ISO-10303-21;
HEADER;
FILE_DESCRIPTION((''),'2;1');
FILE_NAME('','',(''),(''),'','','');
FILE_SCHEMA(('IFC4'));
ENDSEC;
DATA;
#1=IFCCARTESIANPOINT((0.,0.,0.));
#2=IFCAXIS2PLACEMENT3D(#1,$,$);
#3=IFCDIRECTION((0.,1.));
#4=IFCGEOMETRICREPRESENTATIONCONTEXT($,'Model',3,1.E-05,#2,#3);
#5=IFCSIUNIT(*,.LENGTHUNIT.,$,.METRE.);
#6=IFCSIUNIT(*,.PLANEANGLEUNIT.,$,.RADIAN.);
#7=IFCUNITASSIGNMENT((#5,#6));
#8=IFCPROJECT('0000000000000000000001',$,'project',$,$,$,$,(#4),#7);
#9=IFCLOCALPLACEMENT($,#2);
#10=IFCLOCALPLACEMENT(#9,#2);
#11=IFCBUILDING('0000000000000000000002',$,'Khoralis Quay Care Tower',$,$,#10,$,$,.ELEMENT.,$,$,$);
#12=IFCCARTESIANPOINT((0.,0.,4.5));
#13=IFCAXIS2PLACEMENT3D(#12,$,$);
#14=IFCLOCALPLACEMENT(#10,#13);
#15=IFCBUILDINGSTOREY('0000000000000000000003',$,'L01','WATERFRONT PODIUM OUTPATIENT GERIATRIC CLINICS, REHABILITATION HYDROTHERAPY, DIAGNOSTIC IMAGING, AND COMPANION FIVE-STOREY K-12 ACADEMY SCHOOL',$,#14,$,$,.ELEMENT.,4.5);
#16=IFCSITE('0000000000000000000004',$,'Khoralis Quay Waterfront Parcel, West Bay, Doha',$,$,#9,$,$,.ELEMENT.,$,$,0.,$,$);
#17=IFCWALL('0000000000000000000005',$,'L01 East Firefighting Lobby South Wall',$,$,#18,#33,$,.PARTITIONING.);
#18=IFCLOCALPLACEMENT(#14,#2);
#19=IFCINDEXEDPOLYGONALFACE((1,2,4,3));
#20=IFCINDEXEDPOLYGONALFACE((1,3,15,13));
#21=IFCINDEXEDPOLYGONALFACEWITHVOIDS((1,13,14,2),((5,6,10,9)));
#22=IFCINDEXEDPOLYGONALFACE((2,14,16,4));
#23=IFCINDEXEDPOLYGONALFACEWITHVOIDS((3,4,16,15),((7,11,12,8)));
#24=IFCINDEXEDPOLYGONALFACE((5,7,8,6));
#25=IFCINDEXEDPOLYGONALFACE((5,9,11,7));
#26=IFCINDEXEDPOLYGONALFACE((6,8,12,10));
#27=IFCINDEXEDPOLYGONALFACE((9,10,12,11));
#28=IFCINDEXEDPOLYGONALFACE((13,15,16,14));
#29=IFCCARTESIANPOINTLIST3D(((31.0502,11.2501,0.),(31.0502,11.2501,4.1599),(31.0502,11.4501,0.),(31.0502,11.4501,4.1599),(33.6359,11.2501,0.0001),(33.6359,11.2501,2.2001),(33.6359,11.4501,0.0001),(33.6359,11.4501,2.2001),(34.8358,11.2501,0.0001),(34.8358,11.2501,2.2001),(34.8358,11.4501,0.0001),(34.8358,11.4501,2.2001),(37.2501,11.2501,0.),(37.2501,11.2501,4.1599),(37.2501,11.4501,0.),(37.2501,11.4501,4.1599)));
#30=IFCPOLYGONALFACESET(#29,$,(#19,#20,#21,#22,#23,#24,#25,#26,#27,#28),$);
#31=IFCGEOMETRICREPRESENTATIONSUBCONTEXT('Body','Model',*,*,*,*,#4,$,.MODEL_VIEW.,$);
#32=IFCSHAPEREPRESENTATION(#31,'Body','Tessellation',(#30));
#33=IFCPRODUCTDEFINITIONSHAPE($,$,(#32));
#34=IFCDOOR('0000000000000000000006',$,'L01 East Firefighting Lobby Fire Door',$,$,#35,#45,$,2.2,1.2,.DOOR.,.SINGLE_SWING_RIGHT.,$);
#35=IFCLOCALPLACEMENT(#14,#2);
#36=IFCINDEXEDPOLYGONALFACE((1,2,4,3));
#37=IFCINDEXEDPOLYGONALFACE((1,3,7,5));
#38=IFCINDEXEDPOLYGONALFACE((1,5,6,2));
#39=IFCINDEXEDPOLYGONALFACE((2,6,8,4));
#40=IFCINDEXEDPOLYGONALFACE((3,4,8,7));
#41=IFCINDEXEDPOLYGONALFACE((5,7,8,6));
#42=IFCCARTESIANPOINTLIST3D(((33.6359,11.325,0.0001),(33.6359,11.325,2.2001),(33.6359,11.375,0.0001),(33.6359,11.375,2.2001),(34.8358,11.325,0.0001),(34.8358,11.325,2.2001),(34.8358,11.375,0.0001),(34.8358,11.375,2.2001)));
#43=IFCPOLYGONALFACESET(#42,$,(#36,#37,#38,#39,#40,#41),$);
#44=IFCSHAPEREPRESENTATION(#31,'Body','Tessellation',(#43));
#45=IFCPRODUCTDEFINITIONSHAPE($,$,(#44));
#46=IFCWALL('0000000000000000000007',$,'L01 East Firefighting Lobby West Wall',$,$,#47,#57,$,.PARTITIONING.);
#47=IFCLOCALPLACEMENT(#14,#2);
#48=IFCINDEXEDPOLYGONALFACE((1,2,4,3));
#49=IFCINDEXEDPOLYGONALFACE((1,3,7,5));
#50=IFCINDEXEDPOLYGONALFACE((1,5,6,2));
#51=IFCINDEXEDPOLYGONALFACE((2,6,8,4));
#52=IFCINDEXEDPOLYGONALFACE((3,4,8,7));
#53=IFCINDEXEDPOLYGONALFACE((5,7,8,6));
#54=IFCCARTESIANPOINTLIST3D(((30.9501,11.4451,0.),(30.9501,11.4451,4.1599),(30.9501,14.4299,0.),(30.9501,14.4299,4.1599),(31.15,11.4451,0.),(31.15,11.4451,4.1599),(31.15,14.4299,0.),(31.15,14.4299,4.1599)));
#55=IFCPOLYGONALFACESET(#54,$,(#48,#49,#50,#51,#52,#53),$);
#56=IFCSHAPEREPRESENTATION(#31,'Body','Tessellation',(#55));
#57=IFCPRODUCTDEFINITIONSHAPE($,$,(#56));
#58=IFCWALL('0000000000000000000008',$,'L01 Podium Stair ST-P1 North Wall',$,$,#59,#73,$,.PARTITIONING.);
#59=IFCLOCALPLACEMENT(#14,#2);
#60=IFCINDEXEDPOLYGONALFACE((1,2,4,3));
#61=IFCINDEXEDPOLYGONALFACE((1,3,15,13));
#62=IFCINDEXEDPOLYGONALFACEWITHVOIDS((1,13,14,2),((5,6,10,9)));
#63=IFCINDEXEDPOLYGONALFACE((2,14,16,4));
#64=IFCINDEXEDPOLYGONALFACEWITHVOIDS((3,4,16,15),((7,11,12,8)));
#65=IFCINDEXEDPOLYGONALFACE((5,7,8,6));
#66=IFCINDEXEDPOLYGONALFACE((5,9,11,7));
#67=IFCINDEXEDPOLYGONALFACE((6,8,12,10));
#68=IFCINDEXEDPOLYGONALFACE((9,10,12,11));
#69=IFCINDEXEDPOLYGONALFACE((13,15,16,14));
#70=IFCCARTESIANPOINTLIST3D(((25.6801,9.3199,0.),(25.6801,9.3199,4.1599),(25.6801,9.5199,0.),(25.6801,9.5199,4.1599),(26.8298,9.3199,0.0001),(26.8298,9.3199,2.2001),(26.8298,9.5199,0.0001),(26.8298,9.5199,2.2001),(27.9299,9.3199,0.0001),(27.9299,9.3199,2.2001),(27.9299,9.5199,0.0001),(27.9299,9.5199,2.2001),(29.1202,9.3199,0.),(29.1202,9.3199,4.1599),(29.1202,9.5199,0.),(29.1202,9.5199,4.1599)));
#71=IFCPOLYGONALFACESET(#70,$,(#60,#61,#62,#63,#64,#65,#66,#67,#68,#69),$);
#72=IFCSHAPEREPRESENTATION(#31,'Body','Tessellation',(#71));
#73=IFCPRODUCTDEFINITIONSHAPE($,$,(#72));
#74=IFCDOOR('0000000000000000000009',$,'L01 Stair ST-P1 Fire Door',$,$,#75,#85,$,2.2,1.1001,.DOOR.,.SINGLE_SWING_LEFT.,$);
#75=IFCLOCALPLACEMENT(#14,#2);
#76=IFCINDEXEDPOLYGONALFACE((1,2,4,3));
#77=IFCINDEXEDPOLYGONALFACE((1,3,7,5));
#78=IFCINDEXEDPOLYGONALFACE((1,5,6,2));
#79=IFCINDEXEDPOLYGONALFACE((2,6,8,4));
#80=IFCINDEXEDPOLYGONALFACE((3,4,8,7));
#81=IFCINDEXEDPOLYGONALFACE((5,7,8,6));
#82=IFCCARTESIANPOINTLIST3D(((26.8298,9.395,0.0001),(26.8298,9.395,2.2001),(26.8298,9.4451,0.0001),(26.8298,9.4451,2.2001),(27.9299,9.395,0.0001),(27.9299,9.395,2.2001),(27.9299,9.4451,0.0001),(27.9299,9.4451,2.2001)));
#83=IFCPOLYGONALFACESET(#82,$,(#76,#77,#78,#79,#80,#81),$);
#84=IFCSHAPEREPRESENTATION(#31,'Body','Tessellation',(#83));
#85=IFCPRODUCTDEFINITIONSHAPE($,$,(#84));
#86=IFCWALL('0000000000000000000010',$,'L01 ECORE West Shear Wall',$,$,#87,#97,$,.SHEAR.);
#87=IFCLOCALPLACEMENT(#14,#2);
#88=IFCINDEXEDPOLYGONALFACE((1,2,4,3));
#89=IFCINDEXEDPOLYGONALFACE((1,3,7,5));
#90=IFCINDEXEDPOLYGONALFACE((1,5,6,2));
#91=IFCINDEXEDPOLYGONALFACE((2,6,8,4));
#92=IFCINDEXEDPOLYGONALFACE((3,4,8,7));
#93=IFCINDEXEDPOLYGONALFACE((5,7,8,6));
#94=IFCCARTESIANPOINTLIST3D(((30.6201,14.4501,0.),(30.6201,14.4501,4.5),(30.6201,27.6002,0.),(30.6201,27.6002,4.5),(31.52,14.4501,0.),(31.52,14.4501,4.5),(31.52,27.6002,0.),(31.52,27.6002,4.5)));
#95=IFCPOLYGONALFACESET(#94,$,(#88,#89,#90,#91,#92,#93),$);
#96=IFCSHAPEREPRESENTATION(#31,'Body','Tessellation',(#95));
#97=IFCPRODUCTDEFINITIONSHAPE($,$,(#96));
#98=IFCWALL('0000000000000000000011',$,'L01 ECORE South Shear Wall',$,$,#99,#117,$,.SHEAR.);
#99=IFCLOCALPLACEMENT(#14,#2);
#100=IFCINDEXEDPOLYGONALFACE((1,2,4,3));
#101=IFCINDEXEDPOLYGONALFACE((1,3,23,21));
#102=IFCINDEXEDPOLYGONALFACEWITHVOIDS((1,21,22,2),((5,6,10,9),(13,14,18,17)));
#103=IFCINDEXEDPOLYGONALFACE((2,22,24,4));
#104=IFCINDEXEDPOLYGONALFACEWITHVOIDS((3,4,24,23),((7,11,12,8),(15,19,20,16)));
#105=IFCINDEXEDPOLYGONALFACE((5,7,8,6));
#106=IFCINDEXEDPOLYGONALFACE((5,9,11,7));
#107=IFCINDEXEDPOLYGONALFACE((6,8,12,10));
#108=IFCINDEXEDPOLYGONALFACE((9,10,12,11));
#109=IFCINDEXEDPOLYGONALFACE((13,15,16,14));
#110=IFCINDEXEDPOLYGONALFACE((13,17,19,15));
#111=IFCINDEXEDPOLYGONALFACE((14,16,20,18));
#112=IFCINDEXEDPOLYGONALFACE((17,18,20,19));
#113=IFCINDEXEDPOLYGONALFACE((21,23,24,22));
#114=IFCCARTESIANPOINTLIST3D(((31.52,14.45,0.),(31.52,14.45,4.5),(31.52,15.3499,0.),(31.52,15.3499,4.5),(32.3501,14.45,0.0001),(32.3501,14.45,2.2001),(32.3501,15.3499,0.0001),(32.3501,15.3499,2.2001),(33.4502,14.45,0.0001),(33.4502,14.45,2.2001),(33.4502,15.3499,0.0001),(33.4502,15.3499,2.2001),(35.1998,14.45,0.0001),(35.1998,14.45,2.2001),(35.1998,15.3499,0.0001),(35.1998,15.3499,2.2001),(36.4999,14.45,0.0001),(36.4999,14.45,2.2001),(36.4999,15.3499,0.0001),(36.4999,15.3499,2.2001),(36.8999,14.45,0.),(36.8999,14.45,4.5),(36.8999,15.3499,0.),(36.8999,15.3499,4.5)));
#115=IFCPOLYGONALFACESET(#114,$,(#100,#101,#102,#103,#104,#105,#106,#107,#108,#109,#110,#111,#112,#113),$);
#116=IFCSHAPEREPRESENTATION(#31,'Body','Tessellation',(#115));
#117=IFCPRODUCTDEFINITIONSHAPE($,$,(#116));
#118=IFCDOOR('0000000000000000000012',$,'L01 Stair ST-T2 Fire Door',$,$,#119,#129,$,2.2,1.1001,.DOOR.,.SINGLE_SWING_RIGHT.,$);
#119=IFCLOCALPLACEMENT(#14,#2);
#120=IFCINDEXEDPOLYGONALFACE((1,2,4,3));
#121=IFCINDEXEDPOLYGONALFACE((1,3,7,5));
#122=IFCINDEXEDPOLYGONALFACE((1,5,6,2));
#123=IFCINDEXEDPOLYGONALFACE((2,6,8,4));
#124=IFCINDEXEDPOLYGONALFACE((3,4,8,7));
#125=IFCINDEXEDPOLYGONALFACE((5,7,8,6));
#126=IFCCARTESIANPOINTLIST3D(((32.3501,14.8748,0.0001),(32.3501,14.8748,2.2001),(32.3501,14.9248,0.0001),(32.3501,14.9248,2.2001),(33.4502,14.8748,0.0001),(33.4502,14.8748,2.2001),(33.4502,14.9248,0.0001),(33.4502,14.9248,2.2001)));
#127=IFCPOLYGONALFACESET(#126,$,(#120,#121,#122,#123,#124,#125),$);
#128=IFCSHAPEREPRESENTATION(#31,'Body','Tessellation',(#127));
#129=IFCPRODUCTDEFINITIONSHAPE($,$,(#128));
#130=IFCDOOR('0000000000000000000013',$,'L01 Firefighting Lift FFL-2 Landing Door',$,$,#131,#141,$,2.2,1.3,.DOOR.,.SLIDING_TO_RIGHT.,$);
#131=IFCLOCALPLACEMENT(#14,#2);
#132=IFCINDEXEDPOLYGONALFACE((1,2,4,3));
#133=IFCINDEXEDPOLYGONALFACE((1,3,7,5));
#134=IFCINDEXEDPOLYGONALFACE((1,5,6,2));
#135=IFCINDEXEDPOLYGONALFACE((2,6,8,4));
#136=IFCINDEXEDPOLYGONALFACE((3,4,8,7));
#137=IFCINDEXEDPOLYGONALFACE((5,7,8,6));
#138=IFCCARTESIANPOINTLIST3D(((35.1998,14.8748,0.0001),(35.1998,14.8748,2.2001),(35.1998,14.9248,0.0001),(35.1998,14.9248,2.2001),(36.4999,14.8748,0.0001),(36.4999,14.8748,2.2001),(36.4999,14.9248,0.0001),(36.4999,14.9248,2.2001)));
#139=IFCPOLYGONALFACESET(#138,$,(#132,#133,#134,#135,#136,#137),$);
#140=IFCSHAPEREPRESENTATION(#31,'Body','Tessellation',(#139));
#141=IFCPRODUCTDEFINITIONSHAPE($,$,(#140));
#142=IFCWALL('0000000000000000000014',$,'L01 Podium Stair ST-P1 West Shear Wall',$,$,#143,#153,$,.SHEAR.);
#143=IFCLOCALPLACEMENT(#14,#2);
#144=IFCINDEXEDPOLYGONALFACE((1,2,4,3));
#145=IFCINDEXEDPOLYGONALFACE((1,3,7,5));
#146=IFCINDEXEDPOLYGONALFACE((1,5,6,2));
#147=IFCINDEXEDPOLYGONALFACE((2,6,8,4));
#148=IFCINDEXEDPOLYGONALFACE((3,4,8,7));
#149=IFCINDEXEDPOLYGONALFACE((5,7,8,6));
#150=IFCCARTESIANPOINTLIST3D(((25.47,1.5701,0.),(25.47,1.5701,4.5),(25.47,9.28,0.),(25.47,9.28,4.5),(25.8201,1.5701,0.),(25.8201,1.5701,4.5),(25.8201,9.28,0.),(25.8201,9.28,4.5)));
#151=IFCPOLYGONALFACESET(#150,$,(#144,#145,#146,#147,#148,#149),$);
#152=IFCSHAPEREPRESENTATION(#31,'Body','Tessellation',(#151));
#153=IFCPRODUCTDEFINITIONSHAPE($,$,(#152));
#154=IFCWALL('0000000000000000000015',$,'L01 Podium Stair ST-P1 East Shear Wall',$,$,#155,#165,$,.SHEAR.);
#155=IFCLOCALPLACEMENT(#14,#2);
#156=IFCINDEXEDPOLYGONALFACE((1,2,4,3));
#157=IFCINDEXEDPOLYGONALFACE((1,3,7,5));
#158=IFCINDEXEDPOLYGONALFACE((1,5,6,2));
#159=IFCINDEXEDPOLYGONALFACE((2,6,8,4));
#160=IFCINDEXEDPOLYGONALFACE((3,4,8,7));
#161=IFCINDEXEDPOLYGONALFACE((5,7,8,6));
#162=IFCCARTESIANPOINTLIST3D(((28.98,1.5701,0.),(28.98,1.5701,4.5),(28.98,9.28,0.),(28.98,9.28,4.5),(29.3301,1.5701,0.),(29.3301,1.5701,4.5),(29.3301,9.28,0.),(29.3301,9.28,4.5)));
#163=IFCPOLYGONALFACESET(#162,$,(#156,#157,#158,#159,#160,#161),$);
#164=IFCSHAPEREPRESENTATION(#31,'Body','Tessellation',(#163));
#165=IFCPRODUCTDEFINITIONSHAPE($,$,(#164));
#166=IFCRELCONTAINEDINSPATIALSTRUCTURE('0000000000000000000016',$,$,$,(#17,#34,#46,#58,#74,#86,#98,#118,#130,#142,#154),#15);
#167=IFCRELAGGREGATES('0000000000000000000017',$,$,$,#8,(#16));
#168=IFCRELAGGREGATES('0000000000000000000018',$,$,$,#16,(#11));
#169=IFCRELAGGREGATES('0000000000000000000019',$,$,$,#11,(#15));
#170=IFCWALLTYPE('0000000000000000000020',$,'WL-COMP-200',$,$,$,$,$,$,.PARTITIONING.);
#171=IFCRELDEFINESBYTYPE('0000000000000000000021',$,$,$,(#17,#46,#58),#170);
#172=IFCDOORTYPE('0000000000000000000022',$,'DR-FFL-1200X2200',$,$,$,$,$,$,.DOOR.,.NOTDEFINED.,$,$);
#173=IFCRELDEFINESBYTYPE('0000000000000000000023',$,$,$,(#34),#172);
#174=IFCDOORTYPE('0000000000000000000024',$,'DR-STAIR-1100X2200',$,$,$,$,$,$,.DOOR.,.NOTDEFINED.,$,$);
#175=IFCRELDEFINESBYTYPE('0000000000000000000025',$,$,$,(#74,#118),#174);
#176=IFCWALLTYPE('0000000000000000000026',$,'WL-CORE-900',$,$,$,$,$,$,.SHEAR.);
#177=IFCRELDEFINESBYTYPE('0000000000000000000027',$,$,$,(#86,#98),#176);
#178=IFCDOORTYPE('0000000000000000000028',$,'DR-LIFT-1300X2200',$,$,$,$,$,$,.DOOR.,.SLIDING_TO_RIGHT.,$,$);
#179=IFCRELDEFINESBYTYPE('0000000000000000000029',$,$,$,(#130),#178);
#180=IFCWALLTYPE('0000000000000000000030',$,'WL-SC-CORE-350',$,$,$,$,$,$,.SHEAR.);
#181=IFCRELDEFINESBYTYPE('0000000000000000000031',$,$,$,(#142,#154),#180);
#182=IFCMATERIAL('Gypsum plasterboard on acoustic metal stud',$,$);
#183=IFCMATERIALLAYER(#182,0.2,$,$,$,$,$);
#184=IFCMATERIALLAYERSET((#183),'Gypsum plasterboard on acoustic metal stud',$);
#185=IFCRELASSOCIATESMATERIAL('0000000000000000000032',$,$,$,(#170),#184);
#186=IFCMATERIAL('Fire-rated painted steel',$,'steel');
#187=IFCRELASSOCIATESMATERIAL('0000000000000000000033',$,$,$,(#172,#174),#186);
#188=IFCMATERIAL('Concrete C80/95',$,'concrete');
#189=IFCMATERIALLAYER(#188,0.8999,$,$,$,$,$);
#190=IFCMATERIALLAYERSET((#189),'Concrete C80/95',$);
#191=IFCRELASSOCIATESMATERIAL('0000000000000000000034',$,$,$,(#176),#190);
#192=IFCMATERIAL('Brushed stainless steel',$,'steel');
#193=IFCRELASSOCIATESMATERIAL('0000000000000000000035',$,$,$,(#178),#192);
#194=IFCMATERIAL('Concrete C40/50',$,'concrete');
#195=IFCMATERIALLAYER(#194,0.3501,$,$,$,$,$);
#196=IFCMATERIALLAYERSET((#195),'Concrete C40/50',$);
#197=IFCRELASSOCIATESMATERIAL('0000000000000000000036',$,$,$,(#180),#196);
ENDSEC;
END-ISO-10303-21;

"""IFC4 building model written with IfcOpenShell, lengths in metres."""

from ifc_helpers import new_model, si_unit, direction, frame, frame_2d, origin, place, context, subcontext, project, spatial, rectangle, extrude, source, transform, mapped, material, layer, layer_set, type_object, element, fill, save


model = new_model("IFC4")

# Units and contexts
model_context = context("Model", 3, precision=1e-05, world=origin(), true_north=direction((0.0, 1.0)))
body_context = subcontext(model_context, "Body", "Model", "MODEL_VIEW")
ifc_project = project(units=[si_unit("LENGTHUNIT", "METRE"), si_unit("PLANEANGLEUNIT", "RADIAN")], contexts=[model_context])

# Site, building, storey
site_placement = place(None, origin())
site = spatial("IfcSite", under=ifc_project, at=site_placement, Name="Khoralis Quay Waterfront Parcel, West Bay, Doha", CompositionType="ELEMENT", RefElevation=0.0)
building_placement = place(site_placement, origin())
building = spatial("IfcBuilding", under=site, at=building_placement, Name="Khoralis Quay Care Tower", CompositionType="ELEMENT")
storey_placement = place(building_placement, frame((0.0, 0.0, 4.5)))
storey = spatial("IfcBuildingStorey", under=building, at=storey_placement, Name="L01", Description="WATERFRONT PODIUM OUTPATIENT GERIATRIC CLINICS, REHABILITATION HYDROTHERAPY, DIAGNOSTIC IMAGING, AND COMPANION FIVE-STOREY K-12 ACADEMY SCHOOL", CompositionType="ELEMENT", Elevation=4.5)

# Shared definitions
ifc_material_1 = material(Name="Concrete C80/95", Category="concrete")

# Wall, opening, door
ifc_material_2 = material(Name="Gypsum plasterboard on acoustic metal stud")
ifc_layer_1 = layer(ifc_material_2, 0.2)
ifc_layer_set_1 = layer_set([ifc_layer_1], Name="Gypsum plasterboard on acoustic metal stud")
wall_type_1 = type_object("IfcWallType", Name="WL-COMP-200", PredefinedType="PARTITIONING", material=ifc_layer_set_1)
wall_1_placement = place(storey_placement, frame((31.05, 11.3501, 0.0), z_axis=(0.0, 0.0, 1.0), x_axis=(1.0, 0.0, 0.0)))
wall_1 = element("IfcWall", 1, at=wall_1_placement, inside=storey, type_object=wall_type_1, Name="L01 East Firefighting Lobby South Wall", PredefinedType="PARTITIONING", context=body_context, shape_type="SweptSolid", body=[
    extrude(rectangle(XDim=6.2, YDim=0.2, at=frame_2d((3.1001, 0.0))), origin(), (0.0, 0.0, 1.0), 4.1599),
])
opening_1_placement = place(wall_1_placement, frame((2.5857, 0.0, 0.0)))
opening_1 = element("IfcOpeningElement", 2, at=opening_1_placement, cuts=wall_1, PredefinedType="OPENING", context=body_context, shape_type="SweptSolid", body=[
    extrude(rectangle(XDim=1.2, YDim=2.2, at=frame_2d((0.6001, 1.1001))), frame((0.0, 0.1099, 0.0), z_axis=(0.0, -1.0, 0.0), x_axis=(1.0, 0.0, 0.0)), (0.0, 0.0, 1.0), 0.22),
])
ifc_material_3 = material(Name="Fire-rated painted steel", Category="steel")
door_type_1 = type_object("IfcDoorType", Name="DR-FFL-1200X2200", OperationType="NOTDEFINED", PredefinedType="DOOR", material=ifc_material_3)
shared_shape_1 = source(origin(), body_context, "Body", "SweptSolid", [
    extrude(rectangle(XDim=1.2, YDim=2.2, at=frame_2d((0.6001, 1.1001))), frame((0.0, 0.0249, 0.0), z_axis=(0.0, -1.0, 0.0), x_axis=(1.0, 0.0, 0.0)), (0.0, 0.0, 1.0), 0.05),
])
door_1_placement = place(opening_1_placement, origin())
door_1 = element("IfcDoor", 3, at=door_1_placement, inside=storey, type_object=door_type_1, Name="L01 East Firefighting Lobby Fire Door", OperationType="SINGLE_SWING_RIGHT", OverallHeight=2.2, OverallWidth=1.2, PredefinedType="DOOR", context=body_context, shape_type="MappedRepresentation", body=[
    mapped(shared_shape_1, transform((0.0, 0.0, 0.0), scale=1.0)),
])
fill(opening_1, door_1)

# Wall
wall_2_placement = place(storey_placement, frame((31.05, 11.4451, 0.0), z_axis=(0.0, 0.0, 1.0), x_axis=(0.0, 1.0, 0.0)))
element("IfcWall", 4, at=wall_2_placement, inside=storey, type_object=wall_type_1, Name="L01 East Firefighting Lobby West Wall", PredefinedType="PARTITIONING", context=body_context, shape_type="SweptSolid", body=[
    extrude(rectangle(XDim=2.9849, YDim=0.2, at=frame_2d((1.4924, 0.0))), origin(), (0.0, 0.0, 1.0), 4.1599),
])

# Wall, opening, door
wall_3_placement = place(storey_placement, frame((25.6799, 9.4199, 0.0), z_axis=(0.0, 0.0, 1.0), x_axis=(1.0, 0.0, 0.0)))
wall_3 = element("IfcWall", 5, at=wall_3_placement, inside=storey, type_object=wall_type_1, Name="L01 Podium Stair ST-P1 North Wall", PredefinedType="PARTITIONING", context=body_context, shape_type="SweptSolid", body=[
    extrude(rectangle(XDim=3.4402, YDim=0.2, at=frame_2d((1.7202, 0.0))), origin(), (0.0, 0.0, 1.0), 4.1599),
])
opening_2_placement = place(wall_3_placement, frame((1.1499, 0.0, 0.0)))
opening_2 = element("IfcOpeningElement", 6, at=opening_2_placement, cuts=wall_3, PredefinedType="OPENING", context=body_context, shape_type="SweptSolid", body=[
    extrude(rectangle(XDim=1.1001, YDim=2.2, at=frame_2d((0.55, 1.1001))), frame((0.0, 0.1099, 0.0), z_axis=(0.0, -1.0, 0.0), x_axis=(1.0, 0.0, 0.0)), (0.0, 0.0, 1.0), 0.22),
])
door_type_2 = type_object("IfcDoorType", Name="DR-STAIR-1100X2200", OperationType="NOTDEFINED", PredefinedType="DOOR", material=ifc_material_3)
shared_shape_2 = source(origin(), body_context, "Body", "SweptSolid", [
    extrude(rectangle(XDim=1.1001, YDim=2.2, at=frame_2d((0.55, 1.1001))), frame((0.0, 0.0249, 0.0), z_axis=(0.0, -1.0, 0.0), x_axis=(1.0, 0.0, 0.0)), (0.0, 0.0, 1.0), 0.05),
])
door_2_placement = place(opening_2_placement, frame((1.1001, 0.0, 0.0), z_axis=(0.0, 0.0, 1.0), x_axis=(-1.0, 0.0, 0.0)))
door_2 = element("IfcDoor", 7, at=door_2_placement, inside=storey, type_object=door_type_2, Name="L01 Stair ST-P1 Fire Door", OperationType="SINGLE_SWING_LEFT", OverallHeight=2.2, OverallWidth=1.1001, PredefinedType="DOOR", context=body_context, shape_type="MappedRepresentation", body=[
    mapped(shared_shape_2, transform((0.0, 0.0, 0.0), scale=1.0)),
])
fill(opening_2, door_2)

# Wall
ifc_layer_2 = layer(ifc_material_1, 0.8999)
ifc_layer_set_2 = layer_set([ifc_layer_2], Name="Concrete C80/95")
wall_type_2 = type_object("IfcWallType", Name="WL-CORE-900", PredefinedType="SHEAR", material=ifc_layer_set_2)
wall_4_placement = place(storey_placement, frame((31.0701, 14.45, 0.0), z_axis=(0.0, 0.0, 1.0), x_axis=(0.0, 1.0, 0.0)))
element("IfcWall", 8, at=wall_4_placement, inside=storey, type_object=wall_type_2, Name="L01 ECORE West Shear Wall", PredefinedType="SHEAR", context=body_context, shape_type="SweptSolid", body=[
    extrude(rectangle(XDim=13.1501, YDim=0.8999, at=frame_2d((6.5752, 0.0))), origin(), (0.0, 0.0, 1.0), 4.5),
])

# Wall, openings, doors
wall_5_placement = place(storey_placement, frame((31.52, 14.8999, 0.0), z_axis=(0.0, 0.0, 1.0), x_axis=(1.0, 0.0, 0.0)))
wall_5 = element("IfcWall", 9, at=wall_5_placement, inside=storey, type_object=wall_type_2, Name="L01 ECORE South Shear Wall", PredefinedType="SHEAR", context=body_context, shape_type="SweptSolid", body=[
    extrude(rectangle(XDim=5.3799, YDim=0.8999, at=frame_2d((2.6899, 0.0))), origin(), (0.0, 0.0, 1.0), 4.5),
])
opening_3_placement = place(wall_5_placement, frame((0.8301, 0.0, 0.0)))
opening_3 = element("IfcOpeningElement", 10, at=opening_3_placement, cuts=wall_5, PredefinedType="OPENING", context=body_context, shape_type="SweptSolid", body=[
    extrude(rectangle(XDim=1.1001, YDim=2.2, at=frame_2d((0.55, 1.1001))), frame((0.0, 0.46, 0.0), z_axis=(0.0, -1.0, 0.0), x_axis=(1.0, 0.0, 0.0)), (0.0, 0.0, 1.0), 0.9199),
])
opening_4_placement = place(wall_5_placement, frame((3.6799, 0.0, 0.0)))
opening_4 = element("IfcOpeningElement", 11, at=opening_4_placement, cuts=wall_5, PredefinedType="OPENING", context=body_context, shape_type="SweptSolid", body=[
    extrude(rectangle(XDim=1.3, YDim=2.2, at=frame_2d((0.6499, 1.1001))), frame((0.0, 0.46, 0.0), z_axis=(0.0, -1.0, 0.0), x_axis=(1.0, 0.0, 0.0)), (0.0, 0.0, 1.0), 0.9199),
])
door_3_placement = place(opening_3_placement, origin())
door_3 = element("IfcDoor", 12, at=door_3_placement, inside=storey, type_object=door_type_2, Name="L01 Stair ST-T2 Fire Door", OperationType="SINGLE_SWING_RIGHT", OverallHeight=2.2, OverallWidth=1.1001, PredefinedType="DOOR", context=body_context, shape_type="MappedRepresentation", body=[
    mapped(shared_shape_2, transform((0.0, 0.0, 0.0), scale=1.0)),
])
fill(opening_3, door_3)
ifc_material_4 = material(Name="Brushed stainless steel", Category="steel")
door_type_3 = type_object("IfcDoorType", Name="DR-LIFT-1300X2200", OperationType="SLIDING_TO_RIGHT", PredefinedType="DOOR", material=ifc_material_4)
shared_shape_3 = source(origin(), body_context, "Body", "SweptSolid", [
    extrude(rectangle(XDim=1.3, YDim=2.2, at=frame_2d((0.6499, 1.1001))), frame((0.0, 0.0249, 0.0), z_axis=(0.0, -1.0, 0.0), x_axis=(1.0, 0.0, 0.0)), (0.0, 0.0, 1.0), 0.05),
])
door_4_placement = place(opening_4_placement, origin())
door_4 = element("IfcDoor", 13, at=door_4_placement, inside=storey, type_object=door_type_3, Name="L01 Firefighting Lift FFL-2 Landing Door", OperationType="SLIDING_TO_RIGHT", OverallHeight=2.2, OverallWidth=1.3, PredefinedType="DOOR", context=body_context, shape_type="MappedRepresentation", body=[
    mapped(shared_shape_3, transform((0.0, 0.0, 0.0), scale=1.0)),
])
fill(opening_4, door_4)

# Walls
ifc_material_5 = material(Name="Concrete C40/50", Category="concrete")
ifc_layer_3 = layer(ifc_material_5, 0.3501)
ifc_layer_set_3 = layer_set([ifc_layer_3], Name="Concrete C40/50")
wall_type_3 = type_object("IfcWallType", Name="WL-SC-CORE-350", PredefinedType="SHEAR", material=ifc_layer_set_3)
for number, where, z_axis, x_axis, name in (
    (14, (25.645, 1.5701, 0.0), (0.0, 0.0, 1.0), (0.0, 1.0, 0.0), "L01 Podium Stair ST-P1 West Shear Wall"),
    (15, (29.155, 1.5701, 0.0), (0.0, 0.0, 1.0), (0.0, 1.0, 0.0), "L01 Podium Stair ST-P1 East Shear Wall"),
):
    element("IfcWall", number, at=place(storey_placement, frame(where, z_axis=z_axis, x_axis=x_axis)), inside=storey, type_object=wall_type_3, Name=name, PredefinedType="SHEAR", context=body_context, shape_type="SweptSolid", body=[
        extrude(rectangle(XDim=7.71, YDim=0.3501, at=frame_2d((3.855, 0.0))), origin(), (0.0, 0.0, 1.0), 4.5),
    ])

save(model, "model.ifc")
